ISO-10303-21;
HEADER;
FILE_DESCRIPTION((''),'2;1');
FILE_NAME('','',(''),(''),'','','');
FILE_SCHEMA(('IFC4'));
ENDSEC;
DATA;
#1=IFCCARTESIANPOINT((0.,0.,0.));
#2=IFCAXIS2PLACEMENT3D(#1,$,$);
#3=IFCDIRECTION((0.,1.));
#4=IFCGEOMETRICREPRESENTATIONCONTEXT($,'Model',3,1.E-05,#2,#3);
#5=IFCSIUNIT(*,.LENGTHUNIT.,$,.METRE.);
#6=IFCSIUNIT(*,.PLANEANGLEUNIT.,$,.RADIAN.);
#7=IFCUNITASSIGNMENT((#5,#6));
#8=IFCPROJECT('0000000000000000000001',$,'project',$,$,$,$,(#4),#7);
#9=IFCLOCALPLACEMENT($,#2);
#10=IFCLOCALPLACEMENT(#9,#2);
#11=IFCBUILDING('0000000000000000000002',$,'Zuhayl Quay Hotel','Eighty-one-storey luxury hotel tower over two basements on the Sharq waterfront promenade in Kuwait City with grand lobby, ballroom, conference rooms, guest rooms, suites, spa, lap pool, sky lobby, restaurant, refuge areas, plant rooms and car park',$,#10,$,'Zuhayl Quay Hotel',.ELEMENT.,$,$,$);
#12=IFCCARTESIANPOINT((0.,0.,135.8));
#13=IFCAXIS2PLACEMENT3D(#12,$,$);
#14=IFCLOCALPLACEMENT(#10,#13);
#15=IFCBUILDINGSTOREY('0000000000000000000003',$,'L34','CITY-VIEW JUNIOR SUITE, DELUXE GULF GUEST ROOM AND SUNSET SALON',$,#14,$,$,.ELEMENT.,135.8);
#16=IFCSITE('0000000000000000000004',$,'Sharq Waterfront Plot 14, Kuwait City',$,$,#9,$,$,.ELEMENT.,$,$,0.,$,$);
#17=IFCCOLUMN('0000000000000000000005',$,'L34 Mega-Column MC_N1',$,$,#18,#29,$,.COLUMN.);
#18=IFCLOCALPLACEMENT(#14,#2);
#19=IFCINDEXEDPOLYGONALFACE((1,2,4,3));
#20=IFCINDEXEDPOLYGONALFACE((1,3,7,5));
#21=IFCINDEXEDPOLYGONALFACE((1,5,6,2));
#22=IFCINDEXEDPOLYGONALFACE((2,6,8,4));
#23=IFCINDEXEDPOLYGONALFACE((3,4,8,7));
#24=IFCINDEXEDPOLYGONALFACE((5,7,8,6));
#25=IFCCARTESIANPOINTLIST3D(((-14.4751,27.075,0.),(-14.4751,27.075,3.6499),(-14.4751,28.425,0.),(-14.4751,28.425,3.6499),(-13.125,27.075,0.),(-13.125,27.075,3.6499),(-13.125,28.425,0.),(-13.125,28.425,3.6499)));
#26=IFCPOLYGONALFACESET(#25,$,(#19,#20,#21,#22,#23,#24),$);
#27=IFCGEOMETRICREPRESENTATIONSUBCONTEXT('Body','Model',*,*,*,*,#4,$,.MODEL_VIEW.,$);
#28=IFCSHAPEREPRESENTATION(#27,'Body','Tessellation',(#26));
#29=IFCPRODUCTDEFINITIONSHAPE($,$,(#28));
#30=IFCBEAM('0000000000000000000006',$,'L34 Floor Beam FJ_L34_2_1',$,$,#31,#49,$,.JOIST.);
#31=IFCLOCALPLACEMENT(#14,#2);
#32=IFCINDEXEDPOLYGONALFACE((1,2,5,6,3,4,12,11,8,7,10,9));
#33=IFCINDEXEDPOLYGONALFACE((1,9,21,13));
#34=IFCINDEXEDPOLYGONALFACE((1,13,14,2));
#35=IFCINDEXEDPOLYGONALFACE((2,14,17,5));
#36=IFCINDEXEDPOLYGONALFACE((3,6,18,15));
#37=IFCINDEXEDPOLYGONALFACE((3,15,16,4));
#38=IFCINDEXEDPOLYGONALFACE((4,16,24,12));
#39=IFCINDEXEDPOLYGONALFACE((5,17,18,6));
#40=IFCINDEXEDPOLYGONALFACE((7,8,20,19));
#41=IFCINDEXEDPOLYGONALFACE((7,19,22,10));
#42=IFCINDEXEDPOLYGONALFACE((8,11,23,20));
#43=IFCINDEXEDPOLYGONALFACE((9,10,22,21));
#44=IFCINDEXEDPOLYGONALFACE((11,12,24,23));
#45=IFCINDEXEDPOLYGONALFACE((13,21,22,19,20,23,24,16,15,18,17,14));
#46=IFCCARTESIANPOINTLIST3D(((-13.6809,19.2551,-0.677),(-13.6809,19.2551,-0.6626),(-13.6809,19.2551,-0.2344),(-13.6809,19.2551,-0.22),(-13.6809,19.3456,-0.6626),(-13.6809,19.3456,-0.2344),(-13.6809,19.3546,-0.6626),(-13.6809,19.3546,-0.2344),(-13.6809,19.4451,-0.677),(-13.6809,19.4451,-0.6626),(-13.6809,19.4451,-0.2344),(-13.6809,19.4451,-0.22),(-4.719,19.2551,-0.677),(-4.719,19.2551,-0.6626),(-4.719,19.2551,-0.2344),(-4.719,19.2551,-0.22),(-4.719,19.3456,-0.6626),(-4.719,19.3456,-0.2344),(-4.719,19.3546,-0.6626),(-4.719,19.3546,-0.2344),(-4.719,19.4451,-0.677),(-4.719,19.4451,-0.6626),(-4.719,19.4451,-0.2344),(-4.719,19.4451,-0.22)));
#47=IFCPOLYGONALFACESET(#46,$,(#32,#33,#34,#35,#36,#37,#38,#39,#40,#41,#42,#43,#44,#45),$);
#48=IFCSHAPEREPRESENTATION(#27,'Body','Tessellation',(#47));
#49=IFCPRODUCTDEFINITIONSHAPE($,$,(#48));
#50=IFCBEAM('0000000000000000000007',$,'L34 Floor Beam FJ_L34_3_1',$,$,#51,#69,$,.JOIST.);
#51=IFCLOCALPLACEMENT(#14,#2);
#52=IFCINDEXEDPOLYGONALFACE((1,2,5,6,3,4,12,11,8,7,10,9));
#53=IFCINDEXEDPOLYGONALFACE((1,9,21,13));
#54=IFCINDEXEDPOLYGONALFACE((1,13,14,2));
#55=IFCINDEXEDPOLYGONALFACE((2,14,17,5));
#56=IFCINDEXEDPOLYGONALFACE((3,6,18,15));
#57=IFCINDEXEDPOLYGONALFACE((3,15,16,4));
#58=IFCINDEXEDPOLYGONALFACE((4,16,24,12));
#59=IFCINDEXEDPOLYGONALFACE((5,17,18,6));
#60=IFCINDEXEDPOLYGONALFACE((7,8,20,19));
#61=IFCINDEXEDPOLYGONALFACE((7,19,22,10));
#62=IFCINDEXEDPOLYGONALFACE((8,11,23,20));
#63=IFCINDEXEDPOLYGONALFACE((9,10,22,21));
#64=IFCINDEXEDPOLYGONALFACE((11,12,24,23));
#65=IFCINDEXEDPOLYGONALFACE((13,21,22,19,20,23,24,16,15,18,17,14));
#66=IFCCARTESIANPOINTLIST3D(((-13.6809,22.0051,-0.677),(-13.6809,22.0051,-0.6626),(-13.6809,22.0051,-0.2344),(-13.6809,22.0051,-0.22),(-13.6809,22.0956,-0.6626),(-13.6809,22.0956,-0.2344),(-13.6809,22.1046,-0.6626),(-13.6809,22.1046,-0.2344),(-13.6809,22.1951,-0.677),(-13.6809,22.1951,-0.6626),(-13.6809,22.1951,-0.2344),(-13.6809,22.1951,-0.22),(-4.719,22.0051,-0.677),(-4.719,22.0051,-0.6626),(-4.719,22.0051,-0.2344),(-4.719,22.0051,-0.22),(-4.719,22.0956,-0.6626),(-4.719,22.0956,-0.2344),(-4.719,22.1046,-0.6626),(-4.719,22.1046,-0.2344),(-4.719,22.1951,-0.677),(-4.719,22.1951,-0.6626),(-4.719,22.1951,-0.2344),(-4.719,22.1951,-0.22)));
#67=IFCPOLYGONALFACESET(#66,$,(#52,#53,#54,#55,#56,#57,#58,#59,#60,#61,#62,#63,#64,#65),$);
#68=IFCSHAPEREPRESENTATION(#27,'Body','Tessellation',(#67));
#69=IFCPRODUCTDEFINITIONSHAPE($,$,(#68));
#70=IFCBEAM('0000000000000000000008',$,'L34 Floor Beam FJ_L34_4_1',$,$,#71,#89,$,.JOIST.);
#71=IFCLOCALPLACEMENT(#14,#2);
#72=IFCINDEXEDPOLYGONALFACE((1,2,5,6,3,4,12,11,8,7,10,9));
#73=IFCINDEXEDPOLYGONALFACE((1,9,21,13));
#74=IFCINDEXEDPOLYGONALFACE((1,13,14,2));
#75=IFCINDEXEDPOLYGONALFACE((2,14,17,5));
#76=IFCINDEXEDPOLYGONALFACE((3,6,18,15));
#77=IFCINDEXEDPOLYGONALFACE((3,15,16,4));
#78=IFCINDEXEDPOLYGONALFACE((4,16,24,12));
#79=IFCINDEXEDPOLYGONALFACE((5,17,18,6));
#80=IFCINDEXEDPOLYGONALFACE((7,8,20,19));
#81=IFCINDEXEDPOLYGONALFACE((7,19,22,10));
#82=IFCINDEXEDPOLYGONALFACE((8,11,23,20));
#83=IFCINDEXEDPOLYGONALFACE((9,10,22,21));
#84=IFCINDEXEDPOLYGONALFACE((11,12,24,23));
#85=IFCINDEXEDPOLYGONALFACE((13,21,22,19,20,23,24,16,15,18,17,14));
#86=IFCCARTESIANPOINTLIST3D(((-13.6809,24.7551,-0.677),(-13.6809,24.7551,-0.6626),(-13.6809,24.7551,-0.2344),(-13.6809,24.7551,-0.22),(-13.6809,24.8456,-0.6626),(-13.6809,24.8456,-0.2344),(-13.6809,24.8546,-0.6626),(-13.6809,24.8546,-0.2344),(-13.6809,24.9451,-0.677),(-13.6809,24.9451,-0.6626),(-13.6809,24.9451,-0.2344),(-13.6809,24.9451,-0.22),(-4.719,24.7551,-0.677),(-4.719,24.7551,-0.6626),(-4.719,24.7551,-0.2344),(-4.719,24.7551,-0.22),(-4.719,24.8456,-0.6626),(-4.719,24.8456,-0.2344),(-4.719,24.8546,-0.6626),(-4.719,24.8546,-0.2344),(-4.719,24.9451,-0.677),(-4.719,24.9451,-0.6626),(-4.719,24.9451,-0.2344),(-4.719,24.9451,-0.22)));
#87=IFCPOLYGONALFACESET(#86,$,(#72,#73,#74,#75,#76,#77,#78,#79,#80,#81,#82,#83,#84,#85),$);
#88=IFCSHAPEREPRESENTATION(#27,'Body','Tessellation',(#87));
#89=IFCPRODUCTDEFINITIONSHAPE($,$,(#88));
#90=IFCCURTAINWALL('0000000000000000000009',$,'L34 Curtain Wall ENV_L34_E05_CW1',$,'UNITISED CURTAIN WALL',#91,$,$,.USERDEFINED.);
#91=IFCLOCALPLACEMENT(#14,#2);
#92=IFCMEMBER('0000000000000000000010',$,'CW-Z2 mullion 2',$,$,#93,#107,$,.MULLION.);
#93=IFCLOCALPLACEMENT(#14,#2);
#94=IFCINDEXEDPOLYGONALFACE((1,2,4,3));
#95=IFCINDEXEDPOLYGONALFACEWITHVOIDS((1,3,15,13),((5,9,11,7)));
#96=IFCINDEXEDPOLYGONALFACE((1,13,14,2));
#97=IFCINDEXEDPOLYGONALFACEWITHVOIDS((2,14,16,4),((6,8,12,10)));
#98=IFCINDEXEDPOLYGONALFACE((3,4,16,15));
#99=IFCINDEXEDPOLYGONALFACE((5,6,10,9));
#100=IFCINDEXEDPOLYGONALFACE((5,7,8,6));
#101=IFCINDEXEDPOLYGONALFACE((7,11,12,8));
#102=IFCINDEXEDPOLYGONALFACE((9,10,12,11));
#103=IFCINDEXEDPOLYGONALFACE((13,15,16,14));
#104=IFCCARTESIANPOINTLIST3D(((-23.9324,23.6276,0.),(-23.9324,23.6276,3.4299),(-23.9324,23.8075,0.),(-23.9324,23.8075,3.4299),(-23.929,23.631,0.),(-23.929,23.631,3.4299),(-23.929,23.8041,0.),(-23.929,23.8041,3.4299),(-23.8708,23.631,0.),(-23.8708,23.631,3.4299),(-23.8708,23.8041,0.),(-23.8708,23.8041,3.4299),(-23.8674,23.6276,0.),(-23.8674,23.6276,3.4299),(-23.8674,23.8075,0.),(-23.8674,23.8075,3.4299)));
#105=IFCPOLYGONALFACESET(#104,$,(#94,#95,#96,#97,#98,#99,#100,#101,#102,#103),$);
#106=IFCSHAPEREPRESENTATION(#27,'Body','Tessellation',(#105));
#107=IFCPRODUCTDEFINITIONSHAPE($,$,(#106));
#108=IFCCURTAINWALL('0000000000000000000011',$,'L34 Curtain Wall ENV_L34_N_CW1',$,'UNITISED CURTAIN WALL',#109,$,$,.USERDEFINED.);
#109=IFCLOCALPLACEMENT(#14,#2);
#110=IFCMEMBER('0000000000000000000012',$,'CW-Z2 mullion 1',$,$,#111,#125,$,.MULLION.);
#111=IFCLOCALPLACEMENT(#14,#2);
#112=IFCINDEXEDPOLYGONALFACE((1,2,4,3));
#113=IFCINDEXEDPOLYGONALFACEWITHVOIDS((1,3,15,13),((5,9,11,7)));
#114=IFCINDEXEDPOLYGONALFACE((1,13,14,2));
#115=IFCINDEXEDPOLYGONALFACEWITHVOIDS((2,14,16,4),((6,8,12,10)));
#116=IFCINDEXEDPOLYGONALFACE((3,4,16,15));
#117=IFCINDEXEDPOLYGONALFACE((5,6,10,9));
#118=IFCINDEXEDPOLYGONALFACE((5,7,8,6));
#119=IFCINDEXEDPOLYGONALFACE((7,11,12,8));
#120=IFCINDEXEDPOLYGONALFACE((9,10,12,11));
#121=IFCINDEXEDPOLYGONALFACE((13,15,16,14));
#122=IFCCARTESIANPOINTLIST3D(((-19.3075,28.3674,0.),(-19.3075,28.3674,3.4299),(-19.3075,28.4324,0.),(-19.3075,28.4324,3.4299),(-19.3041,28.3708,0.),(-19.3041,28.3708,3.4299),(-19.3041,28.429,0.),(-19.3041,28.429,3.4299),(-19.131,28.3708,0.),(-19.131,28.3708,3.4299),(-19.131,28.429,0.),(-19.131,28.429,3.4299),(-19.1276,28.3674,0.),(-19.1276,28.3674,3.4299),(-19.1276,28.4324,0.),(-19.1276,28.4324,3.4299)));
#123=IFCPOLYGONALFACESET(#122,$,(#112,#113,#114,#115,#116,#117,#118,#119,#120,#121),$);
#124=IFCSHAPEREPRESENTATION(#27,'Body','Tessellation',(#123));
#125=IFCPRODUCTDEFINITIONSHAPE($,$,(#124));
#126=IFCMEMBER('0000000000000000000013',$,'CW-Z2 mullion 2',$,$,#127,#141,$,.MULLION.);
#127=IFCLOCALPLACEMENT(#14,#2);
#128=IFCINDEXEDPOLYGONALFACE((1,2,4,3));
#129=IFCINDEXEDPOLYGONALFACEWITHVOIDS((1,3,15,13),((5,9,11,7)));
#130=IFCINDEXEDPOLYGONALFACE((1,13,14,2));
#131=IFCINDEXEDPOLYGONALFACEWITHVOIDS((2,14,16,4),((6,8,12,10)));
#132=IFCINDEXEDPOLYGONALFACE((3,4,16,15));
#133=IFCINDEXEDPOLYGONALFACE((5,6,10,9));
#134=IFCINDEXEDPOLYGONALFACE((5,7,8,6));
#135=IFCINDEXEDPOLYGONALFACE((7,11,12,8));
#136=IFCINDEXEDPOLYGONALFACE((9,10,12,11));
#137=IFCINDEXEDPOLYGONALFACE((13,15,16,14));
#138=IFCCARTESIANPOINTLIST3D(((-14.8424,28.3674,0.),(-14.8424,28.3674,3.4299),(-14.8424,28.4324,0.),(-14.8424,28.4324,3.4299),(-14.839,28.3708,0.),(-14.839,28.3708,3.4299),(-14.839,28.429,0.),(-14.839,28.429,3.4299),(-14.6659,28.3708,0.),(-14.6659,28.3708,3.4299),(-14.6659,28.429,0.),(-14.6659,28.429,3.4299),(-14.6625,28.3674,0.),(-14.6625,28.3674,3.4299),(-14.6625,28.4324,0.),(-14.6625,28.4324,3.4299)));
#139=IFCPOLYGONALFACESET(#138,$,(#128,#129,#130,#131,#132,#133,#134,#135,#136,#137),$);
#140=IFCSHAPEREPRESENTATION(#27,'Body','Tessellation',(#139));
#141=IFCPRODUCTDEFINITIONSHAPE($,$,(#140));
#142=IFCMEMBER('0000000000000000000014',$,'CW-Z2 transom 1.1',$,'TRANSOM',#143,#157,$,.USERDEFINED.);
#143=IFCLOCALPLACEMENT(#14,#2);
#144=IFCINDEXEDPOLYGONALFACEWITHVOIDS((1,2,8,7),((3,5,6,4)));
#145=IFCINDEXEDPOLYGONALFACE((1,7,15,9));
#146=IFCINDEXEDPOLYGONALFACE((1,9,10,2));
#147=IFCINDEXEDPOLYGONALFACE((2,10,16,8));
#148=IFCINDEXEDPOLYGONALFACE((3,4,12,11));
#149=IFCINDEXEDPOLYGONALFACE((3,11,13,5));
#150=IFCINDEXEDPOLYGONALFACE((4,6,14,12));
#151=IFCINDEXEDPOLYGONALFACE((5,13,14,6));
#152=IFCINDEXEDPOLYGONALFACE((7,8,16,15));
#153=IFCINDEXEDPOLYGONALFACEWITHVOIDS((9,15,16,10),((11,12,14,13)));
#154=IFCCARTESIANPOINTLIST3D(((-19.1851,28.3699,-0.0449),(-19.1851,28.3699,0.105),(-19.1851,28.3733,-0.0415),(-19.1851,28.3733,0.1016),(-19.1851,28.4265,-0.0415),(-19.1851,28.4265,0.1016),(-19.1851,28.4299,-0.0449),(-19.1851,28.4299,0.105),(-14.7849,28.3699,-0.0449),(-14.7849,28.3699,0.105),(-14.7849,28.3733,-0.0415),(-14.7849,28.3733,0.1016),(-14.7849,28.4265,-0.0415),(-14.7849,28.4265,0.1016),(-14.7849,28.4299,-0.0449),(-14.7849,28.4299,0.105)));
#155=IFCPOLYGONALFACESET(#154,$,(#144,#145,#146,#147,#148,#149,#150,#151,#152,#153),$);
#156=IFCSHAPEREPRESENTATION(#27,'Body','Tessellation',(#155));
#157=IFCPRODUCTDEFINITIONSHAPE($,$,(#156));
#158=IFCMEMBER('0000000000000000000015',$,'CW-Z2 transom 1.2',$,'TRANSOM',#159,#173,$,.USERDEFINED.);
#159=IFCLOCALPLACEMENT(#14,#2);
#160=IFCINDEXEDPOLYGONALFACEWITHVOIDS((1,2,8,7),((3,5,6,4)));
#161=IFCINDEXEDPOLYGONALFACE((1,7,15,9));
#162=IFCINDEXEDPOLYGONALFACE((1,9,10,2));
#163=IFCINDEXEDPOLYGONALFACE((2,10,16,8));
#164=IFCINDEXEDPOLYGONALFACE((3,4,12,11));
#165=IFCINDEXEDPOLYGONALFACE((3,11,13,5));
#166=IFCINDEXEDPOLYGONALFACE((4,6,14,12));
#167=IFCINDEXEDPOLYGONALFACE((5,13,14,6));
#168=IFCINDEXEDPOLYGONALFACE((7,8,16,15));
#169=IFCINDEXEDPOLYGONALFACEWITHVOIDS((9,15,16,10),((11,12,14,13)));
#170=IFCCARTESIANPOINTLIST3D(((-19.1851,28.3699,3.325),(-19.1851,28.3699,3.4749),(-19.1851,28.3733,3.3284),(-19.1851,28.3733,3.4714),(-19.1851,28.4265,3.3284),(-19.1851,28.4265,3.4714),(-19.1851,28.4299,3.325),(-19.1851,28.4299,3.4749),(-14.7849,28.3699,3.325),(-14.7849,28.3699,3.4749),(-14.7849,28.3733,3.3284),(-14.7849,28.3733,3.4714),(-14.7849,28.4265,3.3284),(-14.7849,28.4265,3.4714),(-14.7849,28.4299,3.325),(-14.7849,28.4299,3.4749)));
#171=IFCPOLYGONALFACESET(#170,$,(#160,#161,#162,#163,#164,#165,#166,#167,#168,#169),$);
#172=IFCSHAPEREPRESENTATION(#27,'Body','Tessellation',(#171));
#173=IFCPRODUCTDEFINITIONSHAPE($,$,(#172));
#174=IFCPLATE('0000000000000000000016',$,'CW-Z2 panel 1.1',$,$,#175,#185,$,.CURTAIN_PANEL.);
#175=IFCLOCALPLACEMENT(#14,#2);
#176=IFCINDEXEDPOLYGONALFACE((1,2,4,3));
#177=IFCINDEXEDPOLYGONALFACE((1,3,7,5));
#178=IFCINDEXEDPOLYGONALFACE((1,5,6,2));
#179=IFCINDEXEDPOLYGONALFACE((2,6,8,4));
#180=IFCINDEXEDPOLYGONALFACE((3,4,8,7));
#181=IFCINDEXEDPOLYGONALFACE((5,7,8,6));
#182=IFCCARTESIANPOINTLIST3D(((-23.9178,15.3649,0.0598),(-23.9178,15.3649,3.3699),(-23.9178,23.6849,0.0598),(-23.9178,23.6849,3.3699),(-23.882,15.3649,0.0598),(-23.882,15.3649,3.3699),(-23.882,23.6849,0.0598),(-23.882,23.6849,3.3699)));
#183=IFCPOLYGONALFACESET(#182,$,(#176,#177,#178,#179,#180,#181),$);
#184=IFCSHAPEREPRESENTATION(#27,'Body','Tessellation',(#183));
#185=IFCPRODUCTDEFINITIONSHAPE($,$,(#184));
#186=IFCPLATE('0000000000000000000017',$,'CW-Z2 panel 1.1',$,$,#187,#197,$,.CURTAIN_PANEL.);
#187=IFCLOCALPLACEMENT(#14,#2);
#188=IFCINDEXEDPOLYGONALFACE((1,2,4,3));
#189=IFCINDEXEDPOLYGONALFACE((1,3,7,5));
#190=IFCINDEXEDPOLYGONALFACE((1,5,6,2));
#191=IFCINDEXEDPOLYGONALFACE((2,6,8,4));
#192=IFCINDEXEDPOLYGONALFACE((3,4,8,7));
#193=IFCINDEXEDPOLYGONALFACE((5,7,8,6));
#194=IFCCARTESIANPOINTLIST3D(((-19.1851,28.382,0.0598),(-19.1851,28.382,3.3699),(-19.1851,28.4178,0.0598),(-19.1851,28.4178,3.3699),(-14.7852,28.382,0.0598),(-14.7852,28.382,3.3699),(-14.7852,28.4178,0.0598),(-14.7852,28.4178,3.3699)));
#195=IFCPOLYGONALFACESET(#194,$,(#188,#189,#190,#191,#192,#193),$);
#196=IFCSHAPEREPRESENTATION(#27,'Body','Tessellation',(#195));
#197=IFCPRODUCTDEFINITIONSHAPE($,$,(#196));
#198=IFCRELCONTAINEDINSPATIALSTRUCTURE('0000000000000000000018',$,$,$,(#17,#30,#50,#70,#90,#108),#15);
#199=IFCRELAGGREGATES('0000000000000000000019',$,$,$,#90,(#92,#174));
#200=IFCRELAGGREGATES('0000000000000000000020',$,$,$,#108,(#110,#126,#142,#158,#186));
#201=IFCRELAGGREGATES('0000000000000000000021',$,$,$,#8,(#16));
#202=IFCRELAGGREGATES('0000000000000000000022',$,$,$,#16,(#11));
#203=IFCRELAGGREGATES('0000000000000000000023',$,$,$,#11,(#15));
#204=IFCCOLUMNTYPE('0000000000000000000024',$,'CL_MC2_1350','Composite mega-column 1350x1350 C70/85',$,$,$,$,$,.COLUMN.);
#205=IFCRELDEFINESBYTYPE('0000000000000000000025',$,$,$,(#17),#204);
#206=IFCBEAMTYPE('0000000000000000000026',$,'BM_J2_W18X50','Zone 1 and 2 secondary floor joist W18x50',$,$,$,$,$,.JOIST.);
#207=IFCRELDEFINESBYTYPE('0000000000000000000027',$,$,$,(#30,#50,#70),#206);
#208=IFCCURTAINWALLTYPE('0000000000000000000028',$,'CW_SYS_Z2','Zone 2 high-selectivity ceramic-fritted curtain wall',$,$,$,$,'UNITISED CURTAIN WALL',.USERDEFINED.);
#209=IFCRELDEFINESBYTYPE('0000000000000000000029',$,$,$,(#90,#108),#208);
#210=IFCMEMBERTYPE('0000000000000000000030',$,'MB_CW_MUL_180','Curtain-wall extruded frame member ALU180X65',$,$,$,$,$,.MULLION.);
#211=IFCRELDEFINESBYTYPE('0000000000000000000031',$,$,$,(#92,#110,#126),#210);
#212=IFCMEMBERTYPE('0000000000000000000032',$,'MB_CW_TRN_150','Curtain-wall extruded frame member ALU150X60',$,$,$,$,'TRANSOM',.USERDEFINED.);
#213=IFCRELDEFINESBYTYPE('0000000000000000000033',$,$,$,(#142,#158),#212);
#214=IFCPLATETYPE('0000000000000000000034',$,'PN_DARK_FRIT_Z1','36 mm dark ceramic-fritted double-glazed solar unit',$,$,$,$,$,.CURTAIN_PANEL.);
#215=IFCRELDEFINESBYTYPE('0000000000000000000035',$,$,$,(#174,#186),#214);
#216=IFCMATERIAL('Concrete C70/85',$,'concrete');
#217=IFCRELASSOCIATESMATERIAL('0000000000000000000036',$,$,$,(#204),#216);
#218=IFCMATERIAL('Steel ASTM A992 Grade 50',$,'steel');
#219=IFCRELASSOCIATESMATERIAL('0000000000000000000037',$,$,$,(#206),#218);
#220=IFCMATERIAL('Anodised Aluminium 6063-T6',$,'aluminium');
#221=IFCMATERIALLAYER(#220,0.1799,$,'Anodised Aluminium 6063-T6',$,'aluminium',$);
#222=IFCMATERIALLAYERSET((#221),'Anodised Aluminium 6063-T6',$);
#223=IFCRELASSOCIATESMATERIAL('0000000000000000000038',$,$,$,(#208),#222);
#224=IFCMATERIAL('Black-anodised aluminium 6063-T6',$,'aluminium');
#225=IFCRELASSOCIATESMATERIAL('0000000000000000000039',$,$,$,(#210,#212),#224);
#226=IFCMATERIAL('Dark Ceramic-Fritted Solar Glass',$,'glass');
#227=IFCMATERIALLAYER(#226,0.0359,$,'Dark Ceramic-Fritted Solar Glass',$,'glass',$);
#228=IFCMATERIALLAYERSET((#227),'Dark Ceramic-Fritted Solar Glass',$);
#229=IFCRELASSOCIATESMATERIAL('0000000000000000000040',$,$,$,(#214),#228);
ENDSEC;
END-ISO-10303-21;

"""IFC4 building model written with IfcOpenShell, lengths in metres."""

from ifc_helpers import new_model, si_unit, direction, frame, origin, origin_2d, place, context, subcontext, project, spatial, rectangle, hollow_rectangle, i_section, extrude, material, layer, layer_set, material_profile, profile_set, type_object, element, aggregate, save


model = new_model("IFC4")

# Units and contexts
model_context = context("Model", 3, precision=1e-05, world=origin(), true_north=direction((0.0, 1.0)))
body_context = subcontext(model_context, "Body", "Model", "MODEL_VIEW")
ifc_project = project(units=[si_unit("LENGTHUNIT", "METRE"), si_unit("PLANEANGLEUNIT", "RADIAN")], contexts=[model_context])

# Site, building, storey
site_placement = place(None, origin())
site = spatial("IfcSite", under=ifc_project, at=site_placement, Name="Sharq Waterfront Plot 14, Kuwait City", CompositionType="ELEMENT", RefElevation=0.0)
building_placement = place(site_placement, origin())
building = spatial("IfcBuilding", under=site, at=building_placement, Name="Zuhayl Quay Hotel", Description="Eighty-one-storey luxury hotel tower over two basements on the Sharq waterfront promenade in Kuwait City with grand lobby, ballroom, conference rooms, guest rooms, suites, spa, lap pool, sky lobby, restaurant, refuge areas, plant rooms and car park", LongName="Zuhayl Quay Hotel", CompositionType="ELEMENT")
storey_placement = place(building_placement, frame((0.0, 0.0, 135.8)))
storey = spatial("IfcBuildingStorey", under=building, at=storey_placement, Name="L34", Description="CITY-VIEW JUNIOR SUITE, DELUXE GULF GUEST ROOM AND SUNSET SALON", CompositionType="ELEMENT", Elevation=135.8)

# Column
ifc_material_1 = material(Name="Concrete C70/85", Category="concrete")
ifc_material_profile_1 = material_profile(ifc_material_1, rectangle(XDim=1.3501, YDim=1.3501, at=origin_2d()), Name="RC1350X1350")
ifc_profile_set_1 = profile_set([ifc_material_profile_1], Name="Concrete C70/85")
column_type = type_object("IfcColumnType", Name="CL_MC2_1350", Description="Composite mega-column 1350x1350 C70/85", PredefinedType="COLUMN", material=ifc_profile_set_1)
column_placement = place(storey_placement, frame((-13.8, 27.75, 0.0), z_axis=(0.0, 0.0, 1.0), x_axis=(1.0, 0.0, 0.0)))
element("IfcColumn", 1, at=column_placement, inside=storey, type_object=column_type, Name="L34 Mega-Column MC_N1", PredefinedType="COLUMN", context=body_context, shape_type="SweptSolid", body=[
    extrude(rectangle(XDim=1.3501, YDim=1.3501, at=origin_2d()), origin(), (0.0, 0.0, 1.0), 3.6499),
])

# Beams
ifc_material_2 = material(Name="Steel ASTM A992 Grade 50", Category="steel")
ifc_material_profile_2 = material_profile(ifc_material_2, i_section(OverallWidth=0.1899, OverallDepth=0.457, WebThickness=0.009, FlangeThickness=0.0144, at=origin_2d()), Name="W18X50")
ifc_profile_set_2 = profile_set([ifc_material_profile_2], Name="Steel ASTM A992 Grade 50")
beam_type = type_object("IfcBeamType", Name="BM_J2_W18X50", Description="Zone 1 and 2 secondary floor joist W18x50", PredefinedType="JOIST", material=ifc_profile_set_2)
for number, where, z_axis, x_axis, name in (
    (2, (-13.6809, 19.3501, -0.4485), (1.0, 0.0, 0.0), (0.0, 1.0, 0.0), "L34 Floor Beam FJ_L34_2_1"),
    (3, (-13.6809, 22.1001, -0.4485), (1.0, 0.0, 0.0), (0.0, 1.0, 0.0), "L34 Floor Beam FJ_L34_3_1"),
    (4, (-13.6809, 24.8501, -0.4485), (1.0, 0.0, 0.0), (0.0, 1.0, 0.0), "L34 Floor Beam FJ_L34_4_1"),
):
    element("IfcBeam", number, at=place(storey_placement, frame(where, z_axis=z_axis, x_axis=x_axis)), inside=storey, type_object=beam_type, Name=name, PredefinedType="JOIST", context=body_context, shape_type="SweptSolid", body=[
        extrude(i_section(OverallWidth=0.1899, OverallDepth=0.457, WebThickness=0.009, FlangeThickness=0.0144, at=origin_2d()), origin(), (0.0, 0.0, 1.0), 8.9619),
    ])

# Curtain wall, member
ifc_material_3 = material(Name="Anodised Aluminium 6063-T6", Category="aluminium")
ifc_layer_1 = layer(ifc_material_3, 0.1799, Name="Anodised Aluminium 6063-T6", Category="aluminium")
ifc_layer_set_1 = layer_set([ifc_layer_1], Name="Anodised Aluminium 6063-T6")
curtain_wall_type = type_object("IfcCurtainWallType", Name="CW_SYS_Z2", Description="Zone 2 high-selectivity ceramic-fritted curtain wall", ElementType="UNITISED CURTAIN WALL", PredefinedType="USERDEFINED", material=ifc_layer_set_1)
curtain_wall_1_placement = place(storey_placement, origin())
curtain_wall_1 = element("IfcCurtainWall", 5, at=curtain_wall_1_placement, inside=storey, type_object=curtain_wall_type, Name="L34 Curtain Wall ENV_L34_E05_CW1", ObjectType="UNITISED CURTAIN WALL", PredefinedType="USERDEFINED")
ifc_material_4 = material(Name="Black-anodised aluminium 6063-T6", Category="aluminium")
ifc_material_profile_3 = material_profile(ifc_material_4, hollow_rectangle(XDim=0.0649, YDim=0.1799, WallThickness=0.0034, at=origin_2d()), Name="ALU180X65")
ifc_profile_set_3 = profile_set([ifc_material_profile_3], Name="Black-anodised aluminium 6063-T6")
member_type_1 = type_object("IfcMemberType", Name="MB_CW_MUL_180", Description="Curtain-wall extruded frame member ALU180X65", PredefinedType="MULLION", material=ifc_profile_set_3)
member_1_placement = place(storey_placement, frame((-23.8999, 23.7175, 0.0), z_axis=(0.0, 0.0, 1.0), x_axis=(-1.0, 0.0, 0.0)))
member_1 = element("IfcMember", 6, at=member_1_placement, type_object=member_type_1, Name="CW-Z2 mullion 2", PredefinedType="MULLION", context=body_context, shape_type="SweptSolid", body=[
    extrude(hollow_rectangle(XDim=0.0649, YDim=0.1799, WallThickness=0.0034, at=origin_2d()), origin(), (0.0, 0.0, 1.0), 3.4299),
])

# Curtain wall, members
curtain_wall_2_placement = place(storey_placement, origin())
curtain_wall_2 = element("IfcCurtainWall", 7, at=curtain_wall_2_placement, inside=storey, type_object=curtain_wall_type, Name="L34 Curtain Wall ENV_L34_N_CW1", ObjectType="UNITISED CURTAIN WALL", PredefinedType="USERDEFINED")
member_2_placement = place(storey_placement, frame((-19.2175, 28.3999, 0.0), z_axis=(0.0, 0.0, 1.0), x_axis=(0.0, 1.0, 0.0)))
member_2 = element("IfcMember", 8, at=member_2_placement, type_object=member_type_1, Name="CW-Z2 mullion 1", PredefinedType="MULLION", context=body_context, shape_type="SweptSolid", body=[
    extrude(hollow_rectangle(XDim=0.0649, YDim=0.1799, WallThickness=0.0034, at=origin_2d()), origin(), (0.0, 0.0, 1.0), 3.4299),
])
member_3_placement = place(storey_placement, frame((-14.7524, 28.3999, 0.0), z_axis=(0.0, 0.0, 1.0), x_axis=(0.0, 1.0, 0.0)))
member_3 = element("IfcMember", 9, at=member_3_placement, type_object=member_type_1, Name="CW-Z2 mullion 2", PredefinedType="MULLION", context=body_context, shape_type="SweptSolid", body=[
    extrude(hollow_rectangle(XDim=0.0649, YDim=0.1799, WallThickness=0.0034, at=origin_2d()), origin(), (0.0, 0.0, 1.0), 3.4299),
])
ifc_material_profile_4 = material_profile(ifc_material_4, hollow_rectangle(XDim=0.0601, YDim=0.1499, WallThickness=0.0034, at=origin_2d()), Name="ALU150X60")
ifc_profile_set_4 = profile_set([ifc_material_profile_4], Name="Black-anodised aluminium 6063-T6")
member_type_2 = type_object("IfcMemberType", Name="MB_CW_TRN_150", Description="Curtain-wall extruded frame member ALU150X60", ElementType="TRANSOM", PredefinedType="USERDEFINED", material=ifc_profile_set_4)
member_4_placement = place(storey_placement, frame((-19.1851, 28.3999, 0.03), z_axis=(1.0, 0.0, 0.0), x_axis=(0.0, 1.0, 0.0)))
member_4 = element("IfcMember", 10, at=member_4_placement, type_object=member_type_2, Name="CW-Z2 transom 1.1", ObjectType="TRANSOM", PredefinedType="USERDEFINED", context=body_context, shape_type="SweptSolid", body=[
    extrude(hollow_rectangle(XDim=0.0601, YDim=0.1499, WallThickness=0.0034, at=origin_2d()), origin(), (0.0, 0.0, 1.0), 4.4001),
])
member_5_placement = place(storey_placement, frame((-19.1851, 28.3999, 3.3999), z_axis=(1.0, 0.0, 0.0), x_axis=(0.0, 1.0, 0.0)))
member_5 = element("IfcMember", 11, at=member_5_placement, type_object=member_type_2, Name="CW-Z2 transom 1.2", ObjectType="TRANSOM", PredefinedType="USERDEFINED", context=body_context, shape_type="SweptSolid", body=[
    extrude(hollow_rectangle(XDim=0.0601, YDim=0.1499, WallThickness=0.0034, at=origin_2d()), origin(), (0.0, 0.0, 1.0), 4.4001),
])

# Plates
ifc_material_5 = material(Name="Dark Ceramic-Fritted Solar Glass", Category="glass")
ifc_layer_2 = layer(ifc_material_5, 0.0359, Name="Dark Ceramic-Fritted Solar Glass", Category="glass")
ifc_layer_set_2 = layer_set([ifc_layer_2], Name="Dark Ceramic-Fritted Solar Glass")
plate_type = type_object("IfcPlateType", Name="PN_DARK_FRIT_Z1", Description="36 mm dark ceramic-fritted double-glazed solar unit", PredefinedType="CURTAIN_PANEL", material=ifc_layer_set_2)
plate_1_placement = place(storey_placement, frame((-23.8999, 19.5249, 0.0598), z_axis=(0.0, 0.0, 1.0), x_axis=(0.0, 1.0, 0.0)))
plate_1 = element("IfcPlate", 12, at=plate_1_placement, type_object=plate_type, Name="CW-Z2 panel 1.1", PredefinedType="CURTAIN_PANEL", context=body_context, shape_type="SweptSolid", body=[
    extrude(rectangle(XDim=8.3201, YDim=0.0359, at=origin_2d()), origin(), (0.0, 0.0, 1.0), 3.3101),
])
aggregate(curtain_wall_1, [member_1, plate_1])
plate_2_placement = place(storey_placement, frame((-16.9851, 28.3999, 0.0598), z_axis=(0.0, 0.0, 1.0), x_axis=(1.0, 0.0, 0.0)))
plate_2 = element("IfcPlate", 13, at=plate_2_placement, type_object=plate_type, Name="CW-Z2 panel 1.1", PredefinedType="CURTAIN_PANEL", context=body_context, shape_type="SweptSolid", body=[
    extrude(rectangle(XDim=4.3999, YDim=0.0359, at=origin_2d()), origin(), (0.0, 0.0, 1.0), 3.3101),
])
aggregate(curtain_wall_2, [member_2, member_3, member_4, member_5, plate_2])

save(model, "model.ifc")
